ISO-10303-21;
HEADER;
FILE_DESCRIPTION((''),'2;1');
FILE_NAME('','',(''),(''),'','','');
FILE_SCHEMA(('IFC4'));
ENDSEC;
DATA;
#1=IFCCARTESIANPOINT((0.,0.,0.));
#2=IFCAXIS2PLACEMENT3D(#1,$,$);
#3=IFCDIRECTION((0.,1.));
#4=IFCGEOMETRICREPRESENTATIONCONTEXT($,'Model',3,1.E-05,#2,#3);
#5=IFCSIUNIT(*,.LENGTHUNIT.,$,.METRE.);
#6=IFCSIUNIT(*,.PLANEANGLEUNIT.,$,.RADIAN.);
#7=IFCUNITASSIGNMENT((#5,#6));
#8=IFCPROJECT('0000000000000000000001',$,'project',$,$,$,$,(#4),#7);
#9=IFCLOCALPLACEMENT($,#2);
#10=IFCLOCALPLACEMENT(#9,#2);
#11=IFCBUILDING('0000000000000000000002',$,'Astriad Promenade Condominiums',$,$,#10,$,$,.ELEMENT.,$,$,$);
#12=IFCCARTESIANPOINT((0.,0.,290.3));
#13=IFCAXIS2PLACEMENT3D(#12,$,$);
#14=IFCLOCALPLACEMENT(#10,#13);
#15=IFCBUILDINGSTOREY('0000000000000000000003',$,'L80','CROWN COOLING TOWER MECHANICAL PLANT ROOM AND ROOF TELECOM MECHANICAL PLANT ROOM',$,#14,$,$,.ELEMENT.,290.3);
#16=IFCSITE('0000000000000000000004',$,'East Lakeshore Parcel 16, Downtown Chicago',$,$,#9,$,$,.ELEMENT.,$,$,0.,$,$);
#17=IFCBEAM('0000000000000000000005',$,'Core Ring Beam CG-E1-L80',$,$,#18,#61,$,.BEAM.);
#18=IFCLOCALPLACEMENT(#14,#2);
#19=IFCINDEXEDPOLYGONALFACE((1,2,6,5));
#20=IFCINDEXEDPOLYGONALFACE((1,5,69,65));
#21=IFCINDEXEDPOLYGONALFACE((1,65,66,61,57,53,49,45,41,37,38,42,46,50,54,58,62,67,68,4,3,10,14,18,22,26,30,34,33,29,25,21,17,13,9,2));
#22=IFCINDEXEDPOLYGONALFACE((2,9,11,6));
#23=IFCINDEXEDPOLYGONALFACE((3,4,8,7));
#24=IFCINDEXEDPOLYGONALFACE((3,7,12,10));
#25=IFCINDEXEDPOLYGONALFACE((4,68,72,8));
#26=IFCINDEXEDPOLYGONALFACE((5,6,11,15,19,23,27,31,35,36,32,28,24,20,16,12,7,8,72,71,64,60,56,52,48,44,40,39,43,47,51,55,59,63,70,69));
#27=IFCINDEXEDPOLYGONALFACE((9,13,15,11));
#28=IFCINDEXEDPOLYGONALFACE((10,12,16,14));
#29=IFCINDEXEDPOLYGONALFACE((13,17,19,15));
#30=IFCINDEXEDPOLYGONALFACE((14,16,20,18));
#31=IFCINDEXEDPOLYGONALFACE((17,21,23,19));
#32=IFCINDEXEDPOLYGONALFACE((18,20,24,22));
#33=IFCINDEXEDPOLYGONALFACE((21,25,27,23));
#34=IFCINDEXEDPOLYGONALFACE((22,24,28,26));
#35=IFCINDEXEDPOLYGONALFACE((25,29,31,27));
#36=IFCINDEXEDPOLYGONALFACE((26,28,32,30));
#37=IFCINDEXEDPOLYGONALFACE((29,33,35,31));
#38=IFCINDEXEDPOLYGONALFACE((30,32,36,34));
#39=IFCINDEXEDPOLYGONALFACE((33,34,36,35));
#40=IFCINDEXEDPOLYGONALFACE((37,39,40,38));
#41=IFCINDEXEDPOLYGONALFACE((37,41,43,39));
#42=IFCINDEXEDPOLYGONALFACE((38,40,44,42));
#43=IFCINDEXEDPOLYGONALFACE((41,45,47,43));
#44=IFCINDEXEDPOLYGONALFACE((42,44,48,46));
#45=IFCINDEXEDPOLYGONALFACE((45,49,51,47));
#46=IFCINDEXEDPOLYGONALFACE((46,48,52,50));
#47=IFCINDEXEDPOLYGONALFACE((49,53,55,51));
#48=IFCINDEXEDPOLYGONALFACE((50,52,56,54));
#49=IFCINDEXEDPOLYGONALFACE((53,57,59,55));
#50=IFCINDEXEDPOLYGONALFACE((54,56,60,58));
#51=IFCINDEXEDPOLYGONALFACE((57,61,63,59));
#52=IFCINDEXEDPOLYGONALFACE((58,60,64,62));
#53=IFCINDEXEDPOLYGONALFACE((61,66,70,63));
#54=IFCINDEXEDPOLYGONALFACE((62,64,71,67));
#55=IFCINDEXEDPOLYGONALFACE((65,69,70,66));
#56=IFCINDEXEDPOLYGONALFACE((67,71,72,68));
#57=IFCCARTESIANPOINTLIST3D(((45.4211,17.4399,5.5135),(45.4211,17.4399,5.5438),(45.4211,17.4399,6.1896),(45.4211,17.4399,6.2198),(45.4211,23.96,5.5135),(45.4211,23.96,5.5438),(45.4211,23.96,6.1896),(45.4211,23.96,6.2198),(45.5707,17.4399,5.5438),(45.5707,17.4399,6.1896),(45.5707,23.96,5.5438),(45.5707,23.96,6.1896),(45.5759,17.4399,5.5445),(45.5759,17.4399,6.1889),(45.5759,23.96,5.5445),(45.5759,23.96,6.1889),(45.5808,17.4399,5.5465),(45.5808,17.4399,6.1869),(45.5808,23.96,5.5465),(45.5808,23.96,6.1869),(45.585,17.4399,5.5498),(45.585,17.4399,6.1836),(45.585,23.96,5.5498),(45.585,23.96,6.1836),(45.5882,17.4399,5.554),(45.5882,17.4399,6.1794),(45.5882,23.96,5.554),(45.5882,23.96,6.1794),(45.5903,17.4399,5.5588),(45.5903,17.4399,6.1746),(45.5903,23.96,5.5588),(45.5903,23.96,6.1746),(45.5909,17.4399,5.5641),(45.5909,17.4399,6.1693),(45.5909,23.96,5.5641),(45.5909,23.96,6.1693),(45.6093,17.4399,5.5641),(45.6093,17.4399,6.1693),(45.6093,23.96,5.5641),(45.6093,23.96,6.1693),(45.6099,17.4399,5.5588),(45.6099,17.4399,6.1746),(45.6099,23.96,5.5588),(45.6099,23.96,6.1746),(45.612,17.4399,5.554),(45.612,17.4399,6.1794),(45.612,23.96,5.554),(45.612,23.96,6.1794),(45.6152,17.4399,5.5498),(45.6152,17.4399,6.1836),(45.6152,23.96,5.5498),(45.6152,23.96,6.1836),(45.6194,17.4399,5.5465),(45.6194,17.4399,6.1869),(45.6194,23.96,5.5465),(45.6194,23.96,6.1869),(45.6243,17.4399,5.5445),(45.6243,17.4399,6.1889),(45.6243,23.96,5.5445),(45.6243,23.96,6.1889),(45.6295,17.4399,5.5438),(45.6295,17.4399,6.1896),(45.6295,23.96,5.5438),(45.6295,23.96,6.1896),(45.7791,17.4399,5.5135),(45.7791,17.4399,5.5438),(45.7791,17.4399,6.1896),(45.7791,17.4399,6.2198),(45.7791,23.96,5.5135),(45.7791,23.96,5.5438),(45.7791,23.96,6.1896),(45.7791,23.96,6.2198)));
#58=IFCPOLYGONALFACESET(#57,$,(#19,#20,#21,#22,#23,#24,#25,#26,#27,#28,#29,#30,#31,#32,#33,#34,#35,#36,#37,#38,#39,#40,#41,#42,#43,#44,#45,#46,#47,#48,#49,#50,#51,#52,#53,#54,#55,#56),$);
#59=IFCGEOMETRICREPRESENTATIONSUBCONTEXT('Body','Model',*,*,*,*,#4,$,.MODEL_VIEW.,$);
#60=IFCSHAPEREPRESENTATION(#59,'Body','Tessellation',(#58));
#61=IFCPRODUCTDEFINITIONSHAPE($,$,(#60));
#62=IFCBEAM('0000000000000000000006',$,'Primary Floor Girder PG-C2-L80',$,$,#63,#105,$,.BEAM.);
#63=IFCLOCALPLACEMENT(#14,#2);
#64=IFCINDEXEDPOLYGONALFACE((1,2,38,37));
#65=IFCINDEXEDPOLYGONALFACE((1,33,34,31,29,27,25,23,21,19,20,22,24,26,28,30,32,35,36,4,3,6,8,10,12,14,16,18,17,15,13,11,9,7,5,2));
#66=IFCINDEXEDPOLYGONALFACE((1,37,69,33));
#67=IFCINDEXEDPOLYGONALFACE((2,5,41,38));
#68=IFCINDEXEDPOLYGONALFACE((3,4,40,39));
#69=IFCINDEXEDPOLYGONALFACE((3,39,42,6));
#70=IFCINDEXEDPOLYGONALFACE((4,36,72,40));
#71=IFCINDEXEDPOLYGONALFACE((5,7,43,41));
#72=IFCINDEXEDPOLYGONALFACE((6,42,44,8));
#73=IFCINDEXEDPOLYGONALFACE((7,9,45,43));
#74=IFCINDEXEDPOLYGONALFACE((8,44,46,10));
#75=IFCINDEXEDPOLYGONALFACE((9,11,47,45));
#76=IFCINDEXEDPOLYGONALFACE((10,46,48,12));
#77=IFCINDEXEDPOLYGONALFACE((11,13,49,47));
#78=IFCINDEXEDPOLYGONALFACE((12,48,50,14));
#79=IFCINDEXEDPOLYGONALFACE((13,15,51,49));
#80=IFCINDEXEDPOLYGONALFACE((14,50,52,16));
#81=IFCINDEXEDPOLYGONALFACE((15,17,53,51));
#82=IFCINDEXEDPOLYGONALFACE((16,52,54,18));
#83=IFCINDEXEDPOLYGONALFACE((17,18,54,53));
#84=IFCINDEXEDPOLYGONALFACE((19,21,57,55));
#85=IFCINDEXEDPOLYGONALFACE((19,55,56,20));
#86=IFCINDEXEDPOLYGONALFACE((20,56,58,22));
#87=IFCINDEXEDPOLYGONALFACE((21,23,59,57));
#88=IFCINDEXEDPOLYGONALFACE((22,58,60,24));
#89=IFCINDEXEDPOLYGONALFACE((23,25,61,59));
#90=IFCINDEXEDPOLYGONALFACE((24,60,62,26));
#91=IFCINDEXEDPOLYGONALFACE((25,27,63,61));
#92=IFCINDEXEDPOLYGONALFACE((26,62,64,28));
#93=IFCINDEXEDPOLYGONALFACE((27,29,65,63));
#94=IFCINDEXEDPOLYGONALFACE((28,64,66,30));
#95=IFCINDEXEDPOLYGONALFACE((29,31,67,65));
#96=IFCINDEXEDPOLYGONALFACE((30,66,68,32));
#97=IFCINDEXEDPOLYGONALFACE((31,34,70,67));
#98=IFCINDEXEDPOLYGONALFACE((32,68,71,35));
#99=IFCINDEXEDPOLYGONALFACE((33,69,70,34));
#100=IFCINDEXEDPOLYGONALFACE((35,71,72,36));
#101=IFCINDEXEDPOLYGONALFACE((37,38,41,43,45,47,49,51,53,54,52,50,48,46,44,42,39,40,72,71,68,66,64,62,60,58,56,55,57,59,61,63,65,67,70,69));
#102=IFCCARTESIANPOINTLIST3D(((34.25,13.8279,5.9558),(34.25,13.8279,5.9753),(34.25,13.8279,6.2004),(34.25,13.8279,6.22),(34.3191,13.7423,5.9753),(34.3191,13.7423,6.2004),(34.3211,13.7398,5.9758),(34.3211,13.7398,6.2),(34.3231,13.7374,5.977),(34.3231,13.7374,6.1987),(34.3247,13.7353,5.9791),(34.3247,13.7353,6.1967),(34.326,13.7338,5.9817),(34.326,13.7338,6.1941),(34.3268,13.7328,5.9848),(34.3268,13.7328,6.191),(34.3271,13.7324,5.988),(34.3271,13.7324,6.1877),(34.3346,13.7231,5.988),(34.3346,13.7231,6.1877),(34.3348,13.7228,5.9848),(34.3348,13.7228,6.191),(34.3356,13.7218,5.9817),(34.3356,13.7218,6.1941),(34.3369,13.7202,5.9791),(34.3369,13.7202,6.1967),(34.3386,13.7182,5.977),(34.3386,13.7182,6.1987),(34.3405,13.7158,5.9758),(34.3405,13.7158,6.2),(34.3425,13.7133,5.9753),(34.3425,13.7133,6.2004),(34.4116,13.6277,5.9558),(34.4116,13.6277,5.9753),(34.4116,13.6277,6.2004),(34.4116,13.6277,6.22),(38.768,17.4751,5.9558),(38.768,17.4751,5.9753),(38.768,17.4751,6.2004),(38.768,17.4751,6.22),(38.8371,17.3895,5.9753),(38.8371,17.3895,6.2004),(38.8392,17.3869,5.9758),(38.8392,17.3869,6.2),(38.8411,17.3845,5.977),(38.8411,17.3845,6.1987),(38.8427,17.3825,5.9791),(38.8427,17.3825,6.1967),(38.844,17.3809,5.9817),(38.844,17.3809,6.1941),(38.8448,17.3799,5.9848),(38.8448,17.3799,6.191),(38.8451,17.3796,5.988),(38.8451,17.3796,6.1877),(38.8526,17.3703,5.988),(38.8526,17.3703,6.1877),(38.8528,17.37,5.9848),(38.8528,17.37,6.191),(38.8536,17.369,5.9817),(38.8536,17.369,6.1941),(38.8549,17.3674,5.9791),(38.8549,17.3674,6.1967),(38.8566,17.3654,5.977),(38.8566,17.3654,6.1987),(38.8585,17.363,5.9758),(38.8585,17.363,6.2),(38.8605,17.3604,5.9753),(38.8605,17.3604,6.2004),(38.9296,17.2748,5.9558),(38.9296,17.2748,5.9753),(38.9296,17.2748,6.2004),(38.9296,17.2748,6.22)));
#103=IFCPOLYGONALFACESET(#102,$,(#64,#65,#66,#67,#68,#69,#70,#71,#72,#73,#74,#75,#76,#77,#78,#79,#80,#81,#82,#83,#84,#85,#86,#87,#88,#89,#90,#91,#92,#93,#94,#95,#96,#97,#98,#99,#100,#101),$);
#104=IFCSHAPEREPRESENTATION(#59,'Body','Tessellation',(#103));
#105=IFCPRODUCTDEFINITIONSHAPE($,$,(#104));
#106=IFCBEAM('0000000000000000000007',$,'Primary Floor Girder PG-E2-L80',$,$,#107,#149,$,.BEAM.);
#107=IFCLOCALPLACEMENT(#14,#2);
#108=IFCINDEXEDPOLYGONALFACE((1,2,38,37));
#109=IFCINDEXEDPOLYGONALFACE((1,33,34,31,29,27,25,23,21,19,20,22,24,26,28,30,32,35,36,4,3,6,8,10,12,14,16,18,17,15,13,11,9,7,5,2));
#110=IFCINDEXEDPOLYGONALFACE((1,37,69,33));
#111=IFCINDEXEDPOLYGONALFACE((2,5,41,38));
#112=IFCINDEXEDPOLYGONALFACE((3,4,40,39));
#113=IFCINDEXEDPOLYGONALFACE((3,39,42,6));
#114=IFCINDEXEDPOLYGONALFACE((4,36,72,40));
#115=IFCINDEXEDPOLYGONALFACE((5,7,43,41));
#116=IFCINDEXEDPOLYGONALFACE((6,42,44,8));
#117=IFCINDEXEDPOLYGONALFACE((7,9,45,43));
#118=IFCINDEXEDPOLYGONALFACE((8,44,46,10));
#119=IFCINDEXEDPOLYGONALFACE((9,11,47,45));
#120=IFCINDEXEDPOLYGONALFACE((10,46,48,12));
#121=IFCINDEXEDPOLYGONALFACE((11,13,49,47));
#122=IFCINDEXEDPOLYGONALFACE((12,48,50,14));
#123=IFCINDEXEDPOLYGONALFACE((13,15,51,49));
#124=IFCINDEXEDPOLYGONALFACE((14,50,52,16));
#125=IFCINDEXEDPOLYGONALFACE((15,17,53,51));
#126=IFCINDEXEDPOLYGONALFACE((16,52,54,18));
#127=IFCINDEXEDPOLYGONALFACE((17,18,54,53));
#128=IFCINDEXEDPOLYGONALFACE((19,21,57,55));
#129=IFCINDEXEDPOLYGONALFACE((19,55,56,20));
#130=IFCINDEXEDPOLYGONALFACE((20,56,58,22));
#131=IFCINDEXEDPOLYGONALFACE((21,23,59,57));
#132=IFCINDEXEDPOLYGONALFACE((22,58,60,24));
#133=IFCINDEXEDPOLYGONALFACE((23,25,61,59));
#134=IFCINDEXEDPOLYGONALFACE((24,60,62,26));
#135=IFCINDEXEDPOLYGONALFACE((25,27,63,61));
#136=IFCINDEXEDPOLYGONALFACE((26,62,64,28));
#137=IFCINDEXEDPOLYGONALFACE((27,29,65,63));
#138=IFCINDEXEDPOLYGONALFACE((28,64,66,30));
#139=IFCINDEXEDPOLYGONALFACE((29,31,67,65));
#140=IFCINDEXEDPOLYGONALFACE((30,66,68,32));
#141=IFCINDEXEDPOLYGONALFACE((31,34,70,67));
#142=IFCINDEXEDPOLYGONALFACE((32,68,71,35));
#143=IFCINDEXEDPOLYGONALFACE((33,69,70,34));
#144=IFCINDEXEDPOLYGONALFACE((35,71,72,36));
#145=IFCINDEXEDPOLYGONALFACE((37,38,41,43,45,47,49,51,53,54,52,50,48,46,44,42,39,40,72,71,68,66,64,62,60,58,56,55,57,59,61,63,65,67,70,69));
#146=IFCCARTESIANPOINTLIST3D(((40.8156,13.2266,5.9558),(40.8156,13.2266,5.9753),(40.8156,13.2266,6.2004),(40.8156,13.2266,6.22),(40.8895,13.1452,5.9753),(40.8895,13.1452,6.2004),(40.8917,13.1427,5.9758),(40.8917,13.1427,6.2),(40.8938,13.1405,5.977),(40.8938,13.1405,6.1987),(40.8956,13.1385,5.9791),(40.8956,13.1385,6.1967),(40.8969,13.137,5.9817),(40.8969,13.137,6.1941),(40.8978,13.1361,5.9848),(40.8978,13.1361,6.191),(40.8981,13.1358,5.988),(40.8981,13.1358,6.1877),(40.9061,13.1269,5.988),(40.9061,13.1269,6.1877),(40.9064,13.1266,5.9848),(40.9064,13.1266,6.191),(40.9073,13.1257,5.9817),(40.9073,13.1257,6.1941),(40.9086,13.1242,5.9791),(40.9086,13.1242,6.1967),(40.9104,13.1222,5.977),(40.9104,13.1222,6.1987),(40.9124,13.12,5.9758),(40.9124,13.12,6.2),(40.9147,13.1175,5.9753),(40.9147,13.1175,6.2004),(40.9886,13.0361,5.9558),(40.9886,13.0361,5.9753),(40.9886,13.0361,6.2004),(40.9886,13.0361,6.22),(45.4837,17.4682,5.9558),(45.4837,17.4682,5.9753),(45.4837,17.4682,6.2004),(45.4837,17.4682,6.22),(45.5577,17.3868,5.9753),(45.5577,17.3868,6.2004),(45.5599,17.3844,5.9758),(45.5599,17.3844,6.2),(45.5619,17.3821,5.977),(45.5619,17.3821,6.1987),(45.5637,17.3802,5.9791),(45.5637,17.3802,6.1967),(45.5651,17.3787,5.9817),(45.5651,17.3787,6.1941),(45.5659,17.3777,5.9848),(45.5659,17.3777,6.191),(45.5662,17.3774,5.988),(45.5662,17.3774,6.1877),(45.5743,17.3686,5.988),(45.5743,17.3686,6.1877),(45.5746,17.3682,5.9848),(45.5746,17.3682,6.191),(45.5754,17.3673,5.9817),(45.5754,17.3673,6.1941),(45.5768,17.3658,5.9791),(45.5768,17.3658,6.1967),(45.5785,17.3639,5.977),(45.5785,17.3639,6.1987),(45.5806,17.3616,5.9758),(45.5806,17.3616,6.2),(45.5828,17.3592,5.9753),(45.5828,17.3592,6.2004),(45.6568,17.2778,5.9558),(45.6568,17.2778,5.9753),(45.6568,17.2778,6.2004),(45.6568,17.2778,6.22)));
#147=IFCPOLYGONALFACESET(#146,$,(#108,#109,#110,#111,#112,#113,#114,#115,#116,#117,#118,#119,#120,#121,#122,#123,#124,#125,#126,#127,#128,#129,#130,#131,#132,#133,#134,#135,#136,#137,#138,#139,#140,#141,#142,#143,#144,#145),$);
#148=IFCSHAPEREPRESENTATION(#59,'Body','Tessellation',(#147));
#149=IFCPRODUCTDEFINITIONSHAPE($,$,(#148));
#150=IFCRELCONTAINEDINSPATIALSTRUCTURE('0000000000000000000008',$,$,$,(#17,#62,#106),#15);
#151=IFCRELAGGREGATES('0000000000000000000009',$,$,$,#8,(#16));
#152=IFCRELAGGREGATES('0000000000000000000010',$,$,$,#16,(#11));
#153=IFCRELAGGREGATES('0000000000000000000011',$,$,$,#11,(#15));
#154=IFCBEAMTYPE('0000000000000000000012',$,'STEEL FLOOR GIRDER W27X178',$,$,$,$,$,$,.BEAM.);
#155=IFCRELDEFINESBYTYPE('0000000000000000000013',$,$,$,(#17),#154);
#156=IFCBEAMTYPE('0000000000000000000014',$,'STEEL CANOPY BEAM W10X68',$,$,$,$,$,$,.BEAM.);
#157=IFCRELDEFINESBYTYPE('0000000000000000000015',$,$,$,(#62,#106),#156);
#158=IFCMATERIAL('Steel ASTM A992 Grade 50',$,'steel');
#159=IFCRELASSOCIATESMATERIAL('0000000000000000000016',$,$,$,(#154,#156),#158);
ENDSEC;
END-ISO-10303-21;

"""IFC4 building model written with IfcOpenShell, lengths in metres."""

from ifc_helpers import new_model, si_unit, direction, frame, origin, origin_2d, place, context, subcontext, project, spatial, i_section, extrude, source, transform, mapped, material, material_profile, profile_set, type_object, type_shapes, element, save


model = new_model("IFC4")

# Units and contexts
model_context = context("Model", 3, precision=1e-05, world=origin(), true_north=direction((0.0, 1.0)))
body_context = subcontext(model_context, "Body", "Model", "MODEL_VIEW")
ifc_project = project(units=[si_unit("LENGTHUNIT", "METRE"), si_unit("PLANEANGLEUNIT", "RADIAN")], contexts=[model_context])

# Site, building, storey
site_placement = place(None, origin())
site = spatial("IfcSite", under=ifc_project, at=site_placement, Name="East Lakeshore Parcel 16, Downtown Chicago", CompositionType="ELEMENT", RefElevation=0.0)
building_placement = place(site_placement, origin())
building = spatial("IfcBuilding", under=site, at=building_placement, Name="Astriad Promenade Condominiums", CompositionType="ELEMENT")
storey_placement = place(building_placement, frame((0.0, 0.0, 290.3)))
storey = spatial("IfcBuildingStorey", under=building, at=storey_placement, Name="L80", Description="CROWN COOLING TOWER MECHANICAL PLANT ROOM AND ROOF TELECOM MECHANICAL PLANT ROOM", CompositionType="ELEMENT", Elevation=290.3)

# Shared definitions
ifc_material_1 = material(Name="Steel ASTM A992 Grade 50", Category="steel")

# Beams
ifc_material_profile_1 = material_profile(ifc_material_1, i_section(OverallWidth=0.3579, OverallDepth=0.7063, WebThickness=0.0183, FlangeThickness=0.0303, FilletRadius=0.0203, at=origin_2d()), Name="W27X178")
ifc_profile_set_1 = profile_set([ifc_material_profile_1], Name="Steel ASTM A992 Grade 50")
beam_type_1 = type_object("IfcBeamType", Name="STEEL FLOOR GIRDER W27X178", PredefinedType="BEAM", material=ifc_profile_set_1)
shared_shape_1 = source(origin(), body_context, "Body", "SweptSolid", [
    extrude(i_section(OverallWidth=0.3579, OverallDepth=0.7063, WebThickness=0.0183, FlangeThickness=0.0303, FilletRadius=0.0203, at=origin_2d()), origin(), (0.0, 0.0, 1.0), 6.52),
])
type_shapes(beam_type_1, [shared_shape_1])
beam_1_placement = place(storey_placement, frame((45.6001, 17.4399, 5.8667), z_axis=(0.0, 1.0, 0.0), x_axis=(-1.0, 0.0, 0.0)))
element("IfcBeam", 1, at=beam_1_placement, inside=storey, type_object=beam_type_1, Name="Core Ring Beam CG-E1-L80", PredefinedType="BEAM", context=body_context, shape_type="MappedRepresentation", body=[
    mapped(shared_shape_1, transform((0.0, 0.0, 0.0), scale=1.0)),
])
ifc_material_profile_2 = material_profile(ifc_material_1, i_section(OverallWidth=0.2573, OverallDepth=0.2642, WebThickness=0.012, FlangeThickness=0.0195, FilletRadius=0.0127, at=origin_2d()), Name="W10X68")
ifc_profile_set_2 = profile_set([ifc_material_profile_2], Name="Steel ASTM A992 Grade 50")
beam_type_2 = type_object("IfcBeamType", Name="STEEL CANOPY BEAM W10X68", PredefinedType="BEAM", material=ifc_profile_set_2)
shared_shape_2 = source(origin(), body_context, "Body", "SweptSolid", [
    extrude(i_section(OverallWidth=0.2573, OverallDepth=0.2642, WebThickness=0.012, FlangeThickness=0.0195, FilletRadius=0.0127, at=origin_2d()), origin(), (0.0, 0.0, 1.0), 5.8064),
])
beam_2_placement = place(storey_placement, frame((34.3308, 13.7278, 6.0879), z_axis=(0.778109, 0.62813, 0.0), x_axis=(-0.62813, 0.778109, 0.0)))
element("IfcBeam", 2, at=beam_2_placement, inside=storey, type_object=beam_type_2, Name="Primary Floor Girder PG-C2-L80", PredefinedType="BEAM", context=body_context, shape_type="MappedRepresentation", body=[
    mapped(shared_shape_2, transform((0.0, 0.0, 0.0), scale=1.0)),
])
shared_shape_3 = source(origin(), body_context, "Body", "SweptSolid", [
    extrude(i_section(OverallWidth=0.2573, OverallDepth=0.2642, WebThickness=0.012, FlangeThickness=0.0195, FilletRadius=0.0127, at=origin_2d()), origin(), (0.0, 0.0, 1.0), 6.3074),
])
type_shapes(beam_type_2, [shared_shape_2, shared_shape_3])
beam_3_placement = place(storey_placement, frame((40.9021, 13.1313, 6.0879), z_axis=(0.740108, 0.672488, 0.0), x_axis=(-0.672488, 0.740108, 0.0)))
element("IfcBeam", 3, at=beam_3_placement, inside=storey, type_object=beam_type_2, Name="Primary Floor Girder PG-E2-L80", PredefinedType="BEAM", context=body_context, shape_type="MappedRepresentation", body=[
    mapped(shared_shape_3, transform((0.0, 0.0, 0.0), scale=1.0)),
])

save(model, "model.ifc")
